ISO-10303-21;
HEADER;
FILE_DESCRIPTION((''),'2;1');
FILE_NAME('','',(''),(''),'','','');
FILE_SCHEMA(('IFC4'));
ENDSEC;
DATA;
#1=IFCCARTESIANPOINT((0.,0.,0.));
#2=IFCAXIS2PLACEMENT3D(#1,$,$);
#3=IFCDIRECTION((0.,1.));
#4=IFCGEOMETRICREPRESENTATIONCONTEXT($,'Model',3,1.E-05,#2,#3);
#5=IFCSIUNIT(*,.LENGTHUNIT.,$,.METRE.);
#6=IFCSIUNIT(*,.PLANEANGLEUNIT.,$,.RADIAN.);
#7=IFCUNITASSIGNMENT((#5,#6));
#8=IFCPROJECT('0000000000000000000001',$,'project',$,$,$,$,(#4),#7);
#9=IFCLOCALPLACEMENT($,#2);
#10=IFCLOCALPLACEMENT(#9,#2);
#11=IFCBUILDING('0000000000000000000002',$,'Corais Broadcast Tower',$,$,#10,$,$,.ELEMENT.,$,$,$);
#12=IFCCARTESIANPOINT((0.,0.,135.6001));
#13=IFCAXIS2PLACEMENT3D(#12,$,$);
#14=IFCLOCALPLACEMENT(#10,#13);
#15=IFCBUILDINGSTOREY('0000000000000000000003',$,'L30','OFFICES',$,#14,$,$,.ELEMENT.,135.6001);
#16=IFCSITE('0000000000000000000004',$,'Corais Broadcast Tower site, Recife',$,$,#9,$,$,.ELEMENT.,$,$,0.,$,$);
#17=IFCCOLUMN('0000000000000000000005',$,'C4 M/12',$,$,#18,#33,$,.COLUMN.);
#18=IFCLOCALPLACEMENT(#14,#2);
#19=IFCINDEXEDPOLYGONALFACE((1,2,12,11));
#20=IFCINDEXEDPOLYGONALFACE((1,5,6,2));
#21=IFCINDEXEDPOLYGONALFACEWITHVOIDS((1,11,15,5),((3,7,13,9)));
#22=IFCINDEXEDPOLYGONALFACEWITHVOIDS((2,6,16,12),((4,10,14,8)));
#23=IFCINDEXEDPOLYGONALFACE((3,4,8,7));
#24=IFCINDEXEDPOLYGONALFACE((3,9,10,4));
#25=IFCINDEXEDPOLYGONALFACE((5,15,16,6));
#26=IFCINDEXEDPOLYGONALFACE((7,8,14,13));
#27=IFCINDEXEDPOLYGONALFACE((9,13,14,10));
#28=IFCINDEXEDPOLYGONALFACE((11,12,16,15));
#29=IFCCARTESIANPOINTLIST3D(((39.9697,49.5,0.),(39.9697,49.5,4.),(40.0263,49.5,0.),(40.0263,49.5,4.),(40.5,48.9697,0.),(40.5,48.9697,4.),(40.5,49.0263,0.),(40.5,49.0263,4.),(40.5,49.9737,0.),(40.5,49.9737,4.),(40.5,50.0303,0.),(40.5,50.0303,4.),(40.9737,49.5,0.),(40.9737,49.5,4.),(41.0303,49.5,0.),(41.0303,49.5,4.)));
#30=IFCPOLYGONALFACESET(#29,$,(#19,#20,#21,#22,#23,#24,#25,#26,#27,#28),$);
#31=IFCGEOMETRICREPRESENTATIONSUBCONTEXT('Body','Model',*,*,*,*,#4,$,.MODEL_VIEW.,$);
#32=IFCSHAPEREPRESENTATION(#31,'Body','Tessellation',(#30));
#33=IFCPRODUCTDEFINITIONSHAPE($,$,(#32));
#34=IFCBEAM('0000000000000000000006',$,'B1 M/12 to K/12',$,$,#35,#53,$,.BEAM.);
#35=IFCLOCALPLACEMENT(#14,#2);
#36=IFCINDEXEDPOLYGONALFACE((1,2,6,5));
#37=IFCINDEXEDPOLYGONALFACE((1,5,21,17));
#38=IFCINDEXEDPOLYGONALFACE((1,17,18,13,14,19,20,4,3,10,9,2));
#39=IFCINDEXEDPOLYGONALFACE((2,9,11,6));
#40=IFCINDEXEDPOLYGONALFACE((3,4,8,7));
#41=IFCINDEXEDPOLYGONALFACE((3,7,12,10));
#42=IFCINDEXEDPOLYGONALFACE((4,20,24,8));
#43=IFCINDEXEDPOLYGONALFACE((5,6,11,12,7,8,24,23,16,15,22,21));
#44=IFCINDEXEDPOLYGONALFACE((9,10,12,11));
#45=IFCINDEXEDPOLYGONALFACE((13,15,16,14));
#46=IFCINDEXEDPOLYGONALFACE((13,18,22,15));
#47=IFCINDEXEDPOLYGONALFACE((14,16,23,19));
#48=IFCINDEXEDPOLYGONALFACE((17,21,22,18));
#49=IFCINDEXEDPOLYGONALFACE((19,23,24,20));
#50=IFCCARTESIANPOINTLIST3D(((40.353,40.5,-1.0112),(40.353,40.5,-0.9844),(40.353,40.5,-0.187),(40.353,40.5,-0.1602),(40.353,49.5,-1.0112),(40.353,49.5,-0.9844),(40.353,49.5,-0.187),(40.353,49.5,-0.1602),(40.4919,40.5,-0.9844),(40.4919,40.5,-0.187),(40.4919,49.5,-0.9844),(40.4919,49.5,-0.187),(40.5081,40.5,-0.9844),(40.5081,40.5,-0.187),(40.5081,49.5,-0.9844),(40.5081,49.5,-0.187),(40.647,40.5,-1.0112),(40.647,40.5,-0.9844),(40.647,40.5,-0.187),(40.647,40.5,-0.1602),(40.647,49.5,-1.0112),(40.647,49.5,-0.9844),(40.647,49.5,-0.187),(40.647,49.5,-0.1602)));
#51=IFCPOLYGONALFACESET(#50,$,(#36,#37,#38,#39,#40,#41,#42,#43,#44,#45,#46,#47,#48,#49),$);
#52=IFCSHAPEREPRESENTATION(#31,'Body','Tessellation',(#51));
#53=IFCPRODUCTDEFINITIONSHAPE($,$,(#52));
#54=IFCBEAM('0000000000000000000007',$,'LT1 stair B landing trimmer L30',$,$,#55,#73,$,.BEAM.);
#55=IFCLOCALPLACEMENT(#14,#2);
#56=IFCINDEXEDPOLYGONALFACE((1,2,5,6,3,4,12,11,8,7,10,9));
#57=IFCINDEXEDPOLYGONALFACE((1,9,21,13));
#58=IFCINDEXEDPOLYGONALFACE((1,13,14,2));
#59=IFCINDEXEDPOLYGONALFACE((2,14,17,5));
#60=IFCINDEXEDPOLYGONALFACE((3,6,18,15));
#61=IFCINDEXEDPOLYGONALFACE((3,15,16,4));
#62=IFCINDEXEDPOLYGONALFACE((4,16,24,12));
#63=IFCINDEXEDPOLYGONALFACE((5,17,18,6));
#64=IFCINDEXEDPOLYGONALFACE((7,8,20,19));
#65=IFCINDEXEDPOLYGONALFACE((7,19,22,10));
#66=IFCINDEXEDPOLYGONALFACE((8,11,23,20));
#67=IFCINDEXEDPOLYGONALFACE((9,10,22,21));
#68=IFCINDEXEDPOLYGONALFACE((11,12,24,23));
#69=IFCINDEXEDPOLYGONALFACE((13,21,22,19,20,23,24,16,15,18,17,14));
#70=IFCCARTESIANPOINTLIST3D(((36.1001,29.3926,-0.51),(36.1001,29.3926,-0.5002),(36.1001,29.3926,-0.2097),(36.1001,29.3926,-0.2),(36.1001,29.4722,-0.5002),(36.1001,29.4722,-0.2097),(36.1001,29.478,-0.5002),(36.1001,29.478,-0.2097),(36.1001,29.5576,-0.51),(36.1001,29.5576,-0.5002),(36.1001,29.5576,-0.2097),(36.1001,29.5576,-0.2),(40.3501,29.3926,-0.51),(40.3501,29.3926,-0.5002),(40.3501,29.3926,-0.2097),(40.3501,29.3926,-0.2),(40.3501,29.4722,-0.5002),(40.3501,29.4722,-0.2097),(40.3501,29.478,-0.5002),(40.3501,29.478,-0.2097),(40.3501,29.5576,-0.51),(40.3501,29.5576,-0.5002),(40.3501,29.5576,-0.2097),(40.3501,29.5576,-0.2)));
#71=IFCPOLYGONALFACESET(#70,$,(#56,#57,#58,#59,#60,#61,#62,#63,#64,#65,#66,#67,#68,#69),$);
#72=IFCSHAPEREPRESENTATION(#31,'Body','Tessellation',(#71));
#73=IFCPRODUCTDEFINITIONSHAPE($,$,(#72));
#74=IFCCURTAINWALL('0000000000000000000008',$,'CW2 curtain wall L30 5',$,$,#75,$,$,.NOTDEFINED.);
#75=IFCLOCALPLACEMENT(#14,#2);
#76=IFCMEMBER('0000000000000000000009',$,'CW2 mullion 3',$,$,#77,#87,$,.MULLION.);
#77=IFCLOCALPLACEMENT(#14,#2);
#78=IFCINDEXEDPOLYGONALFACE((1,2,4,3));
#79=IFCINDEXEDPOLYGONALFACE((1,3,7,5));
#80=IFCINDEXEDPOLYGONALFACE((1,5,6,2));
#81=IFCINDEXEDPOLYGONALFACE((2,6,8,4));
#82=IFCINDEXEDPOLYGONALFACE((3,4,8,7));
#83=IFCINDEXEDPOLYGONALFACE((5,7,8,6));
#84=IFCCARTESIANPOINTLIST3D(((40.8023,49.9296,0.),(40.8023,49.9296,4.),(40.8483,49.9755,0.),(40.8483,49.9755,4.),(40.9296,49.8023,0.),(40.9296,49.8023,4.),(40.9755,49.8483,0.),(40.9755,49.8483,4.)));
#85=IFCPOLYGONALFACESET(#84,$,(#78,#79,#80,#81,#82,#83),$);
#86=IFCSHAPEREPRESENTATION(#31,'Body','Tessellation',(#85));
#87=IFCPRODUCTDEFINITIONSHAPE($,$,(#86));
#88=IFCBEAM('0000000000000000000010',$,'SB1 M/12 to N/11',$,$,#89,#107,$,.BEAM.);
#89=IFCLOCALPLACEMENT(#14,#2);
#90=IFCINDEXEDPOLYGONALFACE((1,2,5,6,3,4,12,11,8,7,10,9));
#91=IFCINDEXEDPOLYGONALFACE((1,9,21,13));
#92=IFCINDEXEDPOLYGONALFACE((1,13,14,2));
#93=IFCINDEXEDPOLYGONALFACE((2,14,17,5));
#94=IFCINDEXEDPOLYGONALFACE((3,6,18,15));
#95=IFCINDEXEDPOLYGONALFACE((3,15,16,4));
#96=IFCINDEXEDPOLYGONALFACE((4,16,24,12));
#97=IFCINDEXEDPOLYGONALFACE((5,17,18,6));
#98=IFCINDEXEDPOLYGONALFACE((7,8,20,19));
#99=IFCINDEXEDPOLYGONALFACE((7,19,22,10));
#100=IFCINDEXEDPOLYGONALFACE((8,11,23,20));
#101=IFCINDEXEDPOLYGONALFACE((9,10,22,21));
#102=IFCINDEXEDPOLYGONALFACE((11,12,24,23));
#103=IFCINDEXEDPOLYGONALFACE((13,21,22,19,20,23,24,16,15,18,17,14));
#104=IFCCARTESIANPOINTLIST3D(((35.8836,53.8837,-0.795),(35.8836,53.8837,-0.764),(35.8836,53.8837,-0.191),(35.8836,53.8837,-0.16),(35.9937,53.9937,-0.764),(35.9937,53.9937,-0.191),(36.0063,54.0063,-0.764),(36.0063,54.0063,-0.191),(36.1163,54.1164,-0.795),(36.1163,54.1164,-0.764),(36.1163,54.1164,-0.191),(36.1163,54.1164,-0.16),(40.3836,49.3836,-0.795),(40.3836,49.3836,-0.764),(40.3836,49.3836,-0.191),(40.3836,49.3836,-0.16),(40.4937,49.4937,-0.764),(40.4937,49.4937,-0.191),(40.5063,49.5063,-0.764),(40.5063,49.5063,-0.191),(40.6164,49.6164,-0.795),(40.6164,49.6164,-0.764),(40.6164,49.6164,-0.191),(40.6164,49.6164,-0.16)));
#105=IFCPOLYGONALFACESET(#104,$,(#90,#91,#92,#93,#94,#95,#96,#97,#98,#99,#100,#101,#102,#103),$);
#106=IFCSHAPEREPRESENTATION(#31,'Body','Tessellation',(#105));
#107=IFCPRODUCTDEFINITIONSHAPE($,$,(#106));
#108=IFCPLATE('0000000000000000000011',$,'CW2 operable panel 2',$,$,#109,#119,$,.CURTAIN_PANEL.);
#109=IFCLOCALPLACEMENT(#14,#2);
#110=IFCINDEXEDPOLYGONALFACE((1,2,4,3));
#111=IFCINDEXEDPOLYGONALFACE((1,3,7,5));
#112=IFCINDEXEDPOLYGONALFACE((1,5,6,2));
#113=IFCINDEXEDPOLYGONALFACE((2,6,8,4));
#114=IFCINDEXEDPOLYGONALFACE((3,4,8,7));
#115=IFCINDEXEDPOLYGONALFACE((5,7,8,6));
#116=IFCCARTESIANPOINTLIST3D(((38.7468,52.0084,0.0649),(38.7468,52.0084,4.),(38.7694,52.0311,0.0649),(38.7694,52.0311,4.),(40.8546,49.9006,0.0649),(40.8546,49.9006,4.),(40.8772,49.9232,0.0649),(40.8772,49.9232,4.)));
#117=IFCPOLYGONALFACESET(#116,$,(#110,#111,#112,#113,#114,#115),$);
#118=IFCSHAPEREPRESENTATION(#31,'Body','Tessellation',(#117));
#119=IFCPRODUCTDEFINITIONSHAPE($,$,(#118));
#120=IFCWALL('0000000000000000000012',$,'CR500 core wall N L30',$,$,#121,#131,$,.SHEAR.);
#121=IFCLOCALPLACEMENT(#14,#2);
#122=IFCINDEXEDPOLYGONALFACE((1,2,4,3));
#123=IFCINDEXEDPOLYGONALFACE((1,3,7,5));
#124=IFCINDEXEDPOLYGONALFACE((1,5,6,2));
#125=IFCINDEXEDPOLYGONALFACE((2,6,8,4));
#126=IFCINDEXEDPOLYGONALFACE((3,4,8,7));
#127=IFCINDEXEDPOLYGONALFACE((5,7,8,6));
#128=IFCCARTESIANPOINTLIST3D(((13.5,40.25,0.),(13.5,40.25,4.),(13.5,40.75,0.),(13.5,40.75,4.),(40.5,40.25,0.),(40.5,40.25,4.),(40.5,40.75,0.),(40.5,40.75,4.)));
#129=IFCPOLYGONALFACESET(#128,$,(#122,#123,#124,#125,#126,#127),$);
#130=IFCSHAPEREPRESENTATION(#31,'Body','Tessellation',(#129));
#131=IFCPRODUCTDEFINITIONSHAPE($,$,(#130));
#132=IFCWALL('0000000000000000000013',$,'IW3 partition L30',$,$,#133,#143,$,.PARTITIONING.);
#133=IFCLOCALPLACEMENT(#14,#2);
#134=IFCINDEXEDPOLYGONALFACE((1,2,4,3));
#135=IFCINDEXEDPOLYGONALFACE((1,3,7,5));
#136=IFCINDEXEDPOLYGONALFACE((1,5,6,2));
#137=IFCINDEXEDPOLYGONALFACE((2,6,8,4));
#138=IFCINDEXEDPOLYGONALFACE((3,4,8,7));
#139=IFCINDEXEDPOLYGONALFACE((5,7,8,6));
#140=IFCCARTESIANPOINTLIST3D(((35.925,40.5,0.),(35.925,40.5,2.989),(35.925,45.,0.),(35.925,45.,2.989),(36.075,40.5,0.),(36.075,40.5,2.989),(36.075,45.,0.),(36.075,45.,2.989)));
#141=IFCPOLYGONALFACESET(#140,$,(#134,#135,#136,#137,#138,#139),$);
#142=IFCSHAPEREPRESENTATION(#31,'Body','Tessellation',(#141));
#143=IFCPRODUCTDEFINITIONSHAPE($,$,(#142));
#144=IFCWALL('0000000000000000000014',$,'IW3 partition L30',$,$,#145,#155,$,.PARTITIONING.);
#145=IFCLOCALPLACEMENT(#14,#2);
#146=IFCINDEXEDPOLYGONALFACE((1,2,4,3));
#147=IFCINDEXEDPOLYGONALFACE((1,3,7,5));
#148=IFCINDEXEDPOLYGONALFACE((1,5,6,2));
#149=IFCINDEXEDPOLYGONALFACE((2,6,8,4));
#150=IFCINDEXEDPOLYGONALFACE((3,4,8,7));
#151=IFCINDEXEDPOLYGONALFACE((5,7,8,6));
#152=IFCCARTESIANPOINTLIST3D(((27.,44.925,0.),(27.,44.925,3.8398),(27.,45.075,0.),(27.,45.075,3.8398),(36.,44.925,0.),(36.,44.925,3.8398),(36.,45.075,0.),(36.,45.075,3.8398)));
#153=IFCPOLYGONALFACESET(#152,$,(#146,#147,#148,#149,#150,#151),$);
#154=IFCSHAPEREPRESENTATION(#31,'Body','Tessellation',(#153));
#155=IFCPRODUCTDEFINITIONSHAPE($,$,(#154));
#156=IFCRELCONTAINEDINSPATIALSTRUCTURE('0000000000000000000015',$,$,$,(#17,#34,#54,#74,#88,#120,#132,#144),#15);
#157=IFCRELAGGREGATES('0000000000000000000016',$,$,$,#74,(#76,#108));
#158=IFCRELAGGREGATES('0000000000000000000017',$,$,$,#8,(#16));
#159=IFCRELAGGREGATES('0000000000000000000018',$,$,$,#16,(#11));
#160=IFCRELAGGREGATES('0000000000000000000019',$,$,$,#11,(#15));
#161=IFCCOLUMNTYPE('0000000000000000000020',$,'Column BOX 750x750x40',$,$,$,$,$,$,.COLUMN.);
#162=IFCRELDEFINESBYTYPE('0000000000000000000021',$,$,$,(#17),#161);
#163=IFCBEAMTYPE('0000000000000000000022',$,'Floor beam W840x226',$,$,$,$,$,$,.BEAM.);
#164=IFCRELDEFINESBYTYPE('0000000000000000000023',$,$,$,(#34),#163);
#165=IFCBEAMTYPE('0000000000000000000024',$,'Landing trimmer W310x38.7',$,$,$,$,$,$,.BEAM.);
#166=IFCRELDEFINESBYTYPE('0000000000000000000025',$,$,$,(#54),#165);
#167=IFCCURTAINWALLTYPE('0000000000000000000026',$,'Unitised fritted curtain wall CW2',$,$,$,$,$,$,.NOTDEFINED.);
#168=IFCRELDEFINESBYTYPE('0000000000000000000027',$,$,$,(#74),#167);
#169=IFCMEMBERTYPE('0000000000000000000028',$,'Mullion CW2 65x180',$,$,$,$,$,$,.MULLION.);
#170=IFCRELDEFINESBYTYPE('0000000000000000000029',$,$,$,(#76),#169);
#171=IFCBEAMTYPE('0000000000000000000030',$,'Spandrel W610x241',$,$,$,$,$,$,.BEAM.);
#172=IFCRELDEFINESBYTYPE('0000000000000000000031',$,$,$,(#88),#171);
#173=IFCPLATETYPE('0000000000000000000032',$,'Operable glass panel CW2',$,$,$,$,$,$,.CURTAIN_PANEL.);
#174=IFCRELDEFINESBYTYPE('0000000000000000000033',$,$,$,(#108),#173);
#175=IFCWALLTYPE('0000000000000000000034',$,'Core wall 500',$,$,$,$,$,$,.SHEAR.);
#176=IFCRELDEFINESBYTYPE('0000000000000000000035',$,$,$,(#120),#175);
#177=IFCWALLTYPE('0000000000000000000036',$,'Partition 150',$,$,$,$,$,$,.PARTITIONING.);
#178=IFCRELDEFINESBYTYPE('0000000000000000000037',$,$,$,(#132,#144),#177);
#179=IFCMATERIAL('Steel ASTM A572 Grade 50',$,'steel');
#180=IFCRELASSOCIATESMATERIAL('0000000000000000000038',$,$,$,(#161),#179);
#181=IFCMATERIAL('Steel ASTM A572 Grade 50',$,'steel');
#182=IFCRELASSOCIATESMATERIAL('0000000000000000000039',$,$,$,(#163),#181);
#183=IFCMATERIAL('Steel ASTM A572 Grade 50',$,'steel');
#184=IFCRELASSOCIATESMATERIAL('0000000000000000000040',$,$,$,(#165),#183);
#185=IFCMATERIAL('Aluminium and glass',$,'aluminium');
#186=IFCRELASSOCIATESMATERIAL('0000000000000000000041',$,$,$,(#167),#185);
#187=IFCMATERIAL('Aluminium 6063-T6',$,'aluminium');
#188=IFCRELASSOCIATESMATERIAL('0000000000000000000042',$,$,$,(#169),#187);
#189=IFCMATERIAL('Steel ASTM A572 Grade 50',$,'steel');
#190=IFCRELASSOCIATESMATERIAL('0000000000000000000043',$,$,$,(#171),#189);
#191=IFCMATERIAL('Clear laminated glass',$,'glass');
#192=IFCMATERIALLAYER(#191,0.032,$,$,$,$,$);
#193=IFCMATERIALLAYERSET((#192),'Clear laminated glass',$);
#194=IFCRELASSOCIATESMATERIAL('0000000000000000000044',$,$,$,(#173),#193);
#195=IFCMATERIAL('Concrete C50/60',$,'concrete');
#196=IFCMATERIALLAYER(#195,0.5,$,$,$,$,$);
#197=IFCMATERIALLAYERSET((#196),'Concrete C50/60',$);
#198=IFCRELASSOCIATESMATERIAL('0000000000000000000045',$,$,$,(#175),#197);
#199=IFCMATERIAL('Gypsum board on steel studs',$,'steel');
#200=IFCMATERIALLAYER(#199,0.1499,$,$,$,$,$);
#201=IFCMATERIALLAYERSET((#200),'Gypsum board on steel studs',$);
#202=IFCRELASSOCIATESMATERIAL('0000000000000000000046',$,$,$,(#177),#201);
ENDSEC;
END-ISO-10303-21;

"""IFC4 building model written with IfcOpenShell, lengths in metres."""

from ifc_helpers import new_model, si_unit, direction, frame, frame_2d, origin, origin_2d, place, context, subcontext, project, spatial, rectangle, hollow_rectangle, i_section, extrude, material, layer, layer_set, material_profile, profile_set, type_object, element, aggregate, save


model = new_model("IFC4")

# Units and contexts
model_context = context("Model", 3, precision=1e-05, world=origin(), true_north=direction((0.0, 1.0)))
body_context = subcontext(model_context, "Body", "Model", "MODEL_VIEW")
ifc_project = project(units=[si_unit("LENGTHUNIT", "METRE"), si_unit("PLANEANGLEUNIT", "RADIAN")], contexts=[model_context])

# Site, building, storey
site_placement = place(None, origin())
site = spatial("IfcSite", under=ifc_project, at=site_placement, Name="Corais Broadcast Tower site, Recife", CompositionType="ELEMENT", RefElevation=0.0)
building_placement = place(site_placement, origin())
building = spatial("IfcBuilding", under=site, at=building_placement, Name="Corais Broadcast Tower", CompositionType="ELEMENT")
storey_placement = place(building_placement, frame((0.0, 0.0, 135.6001)))
storey = spatial("IfcBuildingStorey", under=building, at=storey_placement, Name="L30", Description="OFFICES", CompositionType="ELEMENT", Elevation=135.6001)

# Column
ifc_material_1 = material(Name="Steel ASTM A572 Grade 50", Category="steel")
ifc_material_profile_1 = material_profile(ifc_material_1, hollow_rectangle(XDim=0.75, YDim=0.75, WallThickness=0.04, at=origin_2d()), Name="BOX 750x750x40")
ifc_profile_set_1 = profile_set([ifc_material_profile_1], Name="Steel ASTM A572 Grade 50")
column_type = type_object("IfcColumnType", Name="Column BOX 750x750x40", PredefinedType="COLUMN", material=ifc_profile_set_1)
column_placement = place(storey_placement, frame((40.5, 49.5, 0.0), z_axis=(0.0, 0.0, 1.0), x_axis=(0.707107, 0.707107, 0.0)))
element("IfcColumn", 1, at=column_placement, inside=storey, type_object=column_type, Name="C4 M/12", PredefinedType="COLUMN", context=body_context, shape_type="SweptSolid", body=[
    extrude(hollow_rectangle(XDim=0.75, YDim=0.75, WallThickness=0.04, at=origin_2d()), origin(), (0.0, 0.0, 1.0), 4.0),
])

# Beams
ifc_material_2 = material(Name="Steel ASTM A572 Grade 50", Category="steel")
ifc_material_profile_2 = material_profile(ifc_material_2, i_section(OverallWidth=0.2939, OverallDepth=0.8511, WebThickness=0.0161, FlangeThickness=0.0269, at=origin_2d()), Name="W840x226")
ifc_profile_set_2 = profile_set([ifc_material_profile_2], Name="Steel ASTM A572 Grade 50")
beam_type_1 = type_object("IfcBeamType", Name="Floor beam W840x226", PredefinedType="BEAM", material=ifc_profile_set_2)
beam_1_placement = place(storey_placement, frame((40.5, 49.5, -0.5857), z_axis=(0.0, -1.0, 0.0), x_axis=(1.0, 0.0, 0.0)))
element("IfcBeam", 2, at=beam_1_placement, inside=storey, type_object=beam_type_1, Name="B1 M/12 to K/12", PredefinedType="BEAM", context=body_context, shape_type="SweptSolid", body=[
    extrude(i_section(OverallWidth=0.2939, OverallDepth=0.8511, WebThickness=0.0161, FlangeThickness=0.0269, at=origin_2d()), origin(), (0.0, 0.0, 1.0), 9.0),
])
ifc_material_3 = material(Name="Steel ASTM A572 Grade 50", Category="steel")
ifc_material_profile_3 = material_profile(ifc_material_3, i_section(OverallWidth=0.165, OverallDepth=0.3101, WebThickness=0.0059, FlangeThickness=0.0098, at=origin_2d()), Name="W310x38.7")
ifc_profile_set_3 = profile_set([ifc_material_profile_3], Name="Steel ASTM A572 Grade 50")
beam_type_2 = type_object("IfcBeamType", Name="Landing trimmer W310x38.7", PredefinedType="BEAM", material=ifc_profile_set_3)
beam_2_placement = place(storey_placement, frame((36.1001, 29.4751, -0.355), z_axis=(1.0, 0.0, 0.0), x_axis=(0.0, 1.0, 0.0)))
element("IfcBeam", 3, at=beam_2_placement, inside=storey, type_object=beam_type_2, Name="LT1 stair B landing trimmer L30", PredefinedType="BEAM", context=body_context, shape_type="SweptSolid", body=[
    extrude(i_section(OverallWidth=0.165, OverallDepth=0.3101, WebThickness=0.0059, FlangeThickness=0.0098, at=origin_2d()), origin(), (0.0, 0.0, 1.0), 4.25),
])

# Curtain wall, member
ifc_material_4 = material(Name="Aluminium and glass", Category="aluminium")
curtain_wall_type = type_object("IfcCurtainWallType", Name="Unitised fritted curtain wall CW2", PredefinedType="NOTDEFINED", material=ifc_material_4)
curtain_wall_placement = place(storey_placement, origin())
curtain_wall = element("IfcCurtainWall", 4, at=curtain_wall_placement, inside=storey, type_object=curtain_wall_type, Name="CW2 curtain wall L30 5", PredefinedType="NOTDEFINED")
ifc_material_5 = material(Name="Aluminium 6063-T6", Category="aluminium")
ifc_material_profile_4 = material_profile(ifc_material_5, rectangle(XDim=0.0649, YDim=0.1799, at=origin_2d()), Name="Mullion CW2 65x180")
ifc_profile_set_4 = profile_set([ifc_material_profile_4], Name="Aluminium 6063-T6")
member_type = type_object("IfcMemberType", Name="Mullion CW2 65x180", PredefinedType="MULLION", material=ifc_profile_set_4)
member_placement = place(storey_placement, frame((40.8889, 49.8889, 0.0), z_axis=(0.0, 0.0, 1.0), x_axis=(0.707107, 0.707107, 0.0)))
member = element("IfcMember", 5, at=member_placement, type_object=member_type, Name="CW2 mullion 3", PredefinedType="MULLION", context=body_context, shape_type="SweptSolid", body=[
    extrude(rectangle(XDim=0.0649, YDim=0.1799, at=origin_2d()), origin(), (0.0, 0.0, 1.0), 4.0),
])

# Beam
ifc_material_6 = material(Name="Steel ASTM A572 Grade 50", Category="steel")
ifc_material_profile_5 = material_profile(ifc_material_6, i_section(OverallWidth=0.3291, OverallDepth=0.635, WebThickness=0.0178, FlangeThickness=0.031, at=origin_2d()), Name="W610x241")
ifc_profile_set_5 = profile_set([ifc_material_profile_5], Name="Steel ASTM A572 Grade 50")
beam_type_3 = type_object("IfcBeamType", Name="Spandrel W610x241", PredefinedType="BEAM", material=ifc_profile_set_5)
beam_3_placement = place(storey_placement, frame((40.5, 49.5, -0.4775), z_axis=(-0.707107, 0.707107, 0.0), x_axis=(-0.707107, -0.707107, 0.0)))
element("IfcBeam", 6, at=beam_3_placement, inside=storey, type_object=beam_type_3, Name="SB1 M/12 to N/11", PredefinedType="BEAM", context=body_context, shape_type="SweptSolid", body=[
    extrude(i_section(OverallWidth=0.3291, OverallDepth=0.635, WebThickness=0.0178, FlangeThickness=0.031, at=origin_2d()), origin(), (0.0, 0.0, 1.0), 6.364),
])

# Plate
ifc_material_7 = material(Name="Clear laminated glass", Category="glass")
ifc_layer_1 = layer(ifc_material_7, 0.032)
ifc_layer_set_1 = layer_set([ifc_layer_1], Name="Clear laminated glass")
plate_type = type_object("IfcPlateType", Name="Operable glass panel CW2", PredefinedType="CURTAIN_PANEL", material=ifc_layer_set_1)
plate_placement = place(storey_placement, frame((39.812, 50.9658, 0.0649), z_axis=(0.0, 0.0, 1.0), x_axis=(0.707107, -0.707107, 0.0)))
plate = element("IfcPlate", 7, at=plate_placement, type_object=plate_type, Name="CW2 operable panel 2", PredefinedType="CURTAIN_PANEL", context=body_context, shape_type="SweptSolid", body=[
    extrude(rectangle(XDim=2.981, YDim=0.032, at=origin_2d()), origin(), (0.0, 0.0, 1.0), 3.9351),
])
aggregate(curtain_wall, [member, plate])

# Walls
ifc_material_8 = material(Name="Concrete C50/60", Category="concrete")
ifc_layer_2 = layer(ifc_material_8, 0.5)
ifc_layer_set_2 = layer_set([ifc_layer_2], Name="Concrete C50/60")
wall_type_1 = type_object("IfcWallType", Name="Core wall 500", PredefinedType="SHEAR", material=ifc_layer_set_2)
wall_1_placement = place(storey_placement, frame((40.5, 40.5, 0.0), z_axis=(0.0, 0.0, 1.0), x_axis=(-1.0, 0.0, 0.0)))
element("IfcWall", 8, at=wall_1_placement, inside=storey, type_object=wall_type_1, Name="CR500 core wall N L30", PredefinedType="SHEAR", context=body_context, shape_type="SweptSolid", body=[
    extrude(rectangle(XDim=27.0, YDim=0.5, at=frame_2d((13.5, 0.0))), origin(), (0.0, 0.0, 1.0), 4.0),
])
ifc_material_9 = material(Name="Gypsum board on steel studs", Category="steel")
ifc_layer_3 = layer(ifc_material_9, 0.1499)
ifc_layer_set_3 = layer_set([ifc_layer_3], Name="Gypsum board on steel studs")
wall_type_2 = type_object("IfcWallType", Name="Partition 150", PredefinedType="PARTITIONING", material=ifc_layer_set_3)
wall_2_placement = place(storey_placement, frame((36.0, 40.5, 0.0), z_axis=(0.0, 0.0, 1.0), x_axis=(0.0, 1.0, 0.0)))
element("IfcWall", 9, at=wall_2_placement, inside=storey, type_object=wall_type_2, Name="IW3 partition L30", PredefinedType="PARTITIONING", context=body_context, shape_type="SweptSolid", body=[
    extrude(rectangle(XDim=4.5, YDim=0.1499, at=frame_2d((2.25, 0.0))), origin(), (0.0, 0.0, 1.0), 2.989),
])
wall_3_placement = place(storey_placement, frame((36.0, 45.0, 0.0), z_axis=(0.0, 0.0, 1.0), x_axis=(-1.0, 0.0, 0.0)))
element("IfcWall", 10, at=wall_3_placement, inside=storey, type_object=wall_type_2, Name="IW3 partition L30", PredefinedType="PARTITIONING", context=body_context, shape_type="SweptSolid", body=[
    extrude(rectangle(XDim=9.0, YDim=0.1499, at=frame_2d((4.5, 0.0))), origin(), (0.0, 0.0, 1.0), 3.8398),
])

save(model, "model.ifc")
